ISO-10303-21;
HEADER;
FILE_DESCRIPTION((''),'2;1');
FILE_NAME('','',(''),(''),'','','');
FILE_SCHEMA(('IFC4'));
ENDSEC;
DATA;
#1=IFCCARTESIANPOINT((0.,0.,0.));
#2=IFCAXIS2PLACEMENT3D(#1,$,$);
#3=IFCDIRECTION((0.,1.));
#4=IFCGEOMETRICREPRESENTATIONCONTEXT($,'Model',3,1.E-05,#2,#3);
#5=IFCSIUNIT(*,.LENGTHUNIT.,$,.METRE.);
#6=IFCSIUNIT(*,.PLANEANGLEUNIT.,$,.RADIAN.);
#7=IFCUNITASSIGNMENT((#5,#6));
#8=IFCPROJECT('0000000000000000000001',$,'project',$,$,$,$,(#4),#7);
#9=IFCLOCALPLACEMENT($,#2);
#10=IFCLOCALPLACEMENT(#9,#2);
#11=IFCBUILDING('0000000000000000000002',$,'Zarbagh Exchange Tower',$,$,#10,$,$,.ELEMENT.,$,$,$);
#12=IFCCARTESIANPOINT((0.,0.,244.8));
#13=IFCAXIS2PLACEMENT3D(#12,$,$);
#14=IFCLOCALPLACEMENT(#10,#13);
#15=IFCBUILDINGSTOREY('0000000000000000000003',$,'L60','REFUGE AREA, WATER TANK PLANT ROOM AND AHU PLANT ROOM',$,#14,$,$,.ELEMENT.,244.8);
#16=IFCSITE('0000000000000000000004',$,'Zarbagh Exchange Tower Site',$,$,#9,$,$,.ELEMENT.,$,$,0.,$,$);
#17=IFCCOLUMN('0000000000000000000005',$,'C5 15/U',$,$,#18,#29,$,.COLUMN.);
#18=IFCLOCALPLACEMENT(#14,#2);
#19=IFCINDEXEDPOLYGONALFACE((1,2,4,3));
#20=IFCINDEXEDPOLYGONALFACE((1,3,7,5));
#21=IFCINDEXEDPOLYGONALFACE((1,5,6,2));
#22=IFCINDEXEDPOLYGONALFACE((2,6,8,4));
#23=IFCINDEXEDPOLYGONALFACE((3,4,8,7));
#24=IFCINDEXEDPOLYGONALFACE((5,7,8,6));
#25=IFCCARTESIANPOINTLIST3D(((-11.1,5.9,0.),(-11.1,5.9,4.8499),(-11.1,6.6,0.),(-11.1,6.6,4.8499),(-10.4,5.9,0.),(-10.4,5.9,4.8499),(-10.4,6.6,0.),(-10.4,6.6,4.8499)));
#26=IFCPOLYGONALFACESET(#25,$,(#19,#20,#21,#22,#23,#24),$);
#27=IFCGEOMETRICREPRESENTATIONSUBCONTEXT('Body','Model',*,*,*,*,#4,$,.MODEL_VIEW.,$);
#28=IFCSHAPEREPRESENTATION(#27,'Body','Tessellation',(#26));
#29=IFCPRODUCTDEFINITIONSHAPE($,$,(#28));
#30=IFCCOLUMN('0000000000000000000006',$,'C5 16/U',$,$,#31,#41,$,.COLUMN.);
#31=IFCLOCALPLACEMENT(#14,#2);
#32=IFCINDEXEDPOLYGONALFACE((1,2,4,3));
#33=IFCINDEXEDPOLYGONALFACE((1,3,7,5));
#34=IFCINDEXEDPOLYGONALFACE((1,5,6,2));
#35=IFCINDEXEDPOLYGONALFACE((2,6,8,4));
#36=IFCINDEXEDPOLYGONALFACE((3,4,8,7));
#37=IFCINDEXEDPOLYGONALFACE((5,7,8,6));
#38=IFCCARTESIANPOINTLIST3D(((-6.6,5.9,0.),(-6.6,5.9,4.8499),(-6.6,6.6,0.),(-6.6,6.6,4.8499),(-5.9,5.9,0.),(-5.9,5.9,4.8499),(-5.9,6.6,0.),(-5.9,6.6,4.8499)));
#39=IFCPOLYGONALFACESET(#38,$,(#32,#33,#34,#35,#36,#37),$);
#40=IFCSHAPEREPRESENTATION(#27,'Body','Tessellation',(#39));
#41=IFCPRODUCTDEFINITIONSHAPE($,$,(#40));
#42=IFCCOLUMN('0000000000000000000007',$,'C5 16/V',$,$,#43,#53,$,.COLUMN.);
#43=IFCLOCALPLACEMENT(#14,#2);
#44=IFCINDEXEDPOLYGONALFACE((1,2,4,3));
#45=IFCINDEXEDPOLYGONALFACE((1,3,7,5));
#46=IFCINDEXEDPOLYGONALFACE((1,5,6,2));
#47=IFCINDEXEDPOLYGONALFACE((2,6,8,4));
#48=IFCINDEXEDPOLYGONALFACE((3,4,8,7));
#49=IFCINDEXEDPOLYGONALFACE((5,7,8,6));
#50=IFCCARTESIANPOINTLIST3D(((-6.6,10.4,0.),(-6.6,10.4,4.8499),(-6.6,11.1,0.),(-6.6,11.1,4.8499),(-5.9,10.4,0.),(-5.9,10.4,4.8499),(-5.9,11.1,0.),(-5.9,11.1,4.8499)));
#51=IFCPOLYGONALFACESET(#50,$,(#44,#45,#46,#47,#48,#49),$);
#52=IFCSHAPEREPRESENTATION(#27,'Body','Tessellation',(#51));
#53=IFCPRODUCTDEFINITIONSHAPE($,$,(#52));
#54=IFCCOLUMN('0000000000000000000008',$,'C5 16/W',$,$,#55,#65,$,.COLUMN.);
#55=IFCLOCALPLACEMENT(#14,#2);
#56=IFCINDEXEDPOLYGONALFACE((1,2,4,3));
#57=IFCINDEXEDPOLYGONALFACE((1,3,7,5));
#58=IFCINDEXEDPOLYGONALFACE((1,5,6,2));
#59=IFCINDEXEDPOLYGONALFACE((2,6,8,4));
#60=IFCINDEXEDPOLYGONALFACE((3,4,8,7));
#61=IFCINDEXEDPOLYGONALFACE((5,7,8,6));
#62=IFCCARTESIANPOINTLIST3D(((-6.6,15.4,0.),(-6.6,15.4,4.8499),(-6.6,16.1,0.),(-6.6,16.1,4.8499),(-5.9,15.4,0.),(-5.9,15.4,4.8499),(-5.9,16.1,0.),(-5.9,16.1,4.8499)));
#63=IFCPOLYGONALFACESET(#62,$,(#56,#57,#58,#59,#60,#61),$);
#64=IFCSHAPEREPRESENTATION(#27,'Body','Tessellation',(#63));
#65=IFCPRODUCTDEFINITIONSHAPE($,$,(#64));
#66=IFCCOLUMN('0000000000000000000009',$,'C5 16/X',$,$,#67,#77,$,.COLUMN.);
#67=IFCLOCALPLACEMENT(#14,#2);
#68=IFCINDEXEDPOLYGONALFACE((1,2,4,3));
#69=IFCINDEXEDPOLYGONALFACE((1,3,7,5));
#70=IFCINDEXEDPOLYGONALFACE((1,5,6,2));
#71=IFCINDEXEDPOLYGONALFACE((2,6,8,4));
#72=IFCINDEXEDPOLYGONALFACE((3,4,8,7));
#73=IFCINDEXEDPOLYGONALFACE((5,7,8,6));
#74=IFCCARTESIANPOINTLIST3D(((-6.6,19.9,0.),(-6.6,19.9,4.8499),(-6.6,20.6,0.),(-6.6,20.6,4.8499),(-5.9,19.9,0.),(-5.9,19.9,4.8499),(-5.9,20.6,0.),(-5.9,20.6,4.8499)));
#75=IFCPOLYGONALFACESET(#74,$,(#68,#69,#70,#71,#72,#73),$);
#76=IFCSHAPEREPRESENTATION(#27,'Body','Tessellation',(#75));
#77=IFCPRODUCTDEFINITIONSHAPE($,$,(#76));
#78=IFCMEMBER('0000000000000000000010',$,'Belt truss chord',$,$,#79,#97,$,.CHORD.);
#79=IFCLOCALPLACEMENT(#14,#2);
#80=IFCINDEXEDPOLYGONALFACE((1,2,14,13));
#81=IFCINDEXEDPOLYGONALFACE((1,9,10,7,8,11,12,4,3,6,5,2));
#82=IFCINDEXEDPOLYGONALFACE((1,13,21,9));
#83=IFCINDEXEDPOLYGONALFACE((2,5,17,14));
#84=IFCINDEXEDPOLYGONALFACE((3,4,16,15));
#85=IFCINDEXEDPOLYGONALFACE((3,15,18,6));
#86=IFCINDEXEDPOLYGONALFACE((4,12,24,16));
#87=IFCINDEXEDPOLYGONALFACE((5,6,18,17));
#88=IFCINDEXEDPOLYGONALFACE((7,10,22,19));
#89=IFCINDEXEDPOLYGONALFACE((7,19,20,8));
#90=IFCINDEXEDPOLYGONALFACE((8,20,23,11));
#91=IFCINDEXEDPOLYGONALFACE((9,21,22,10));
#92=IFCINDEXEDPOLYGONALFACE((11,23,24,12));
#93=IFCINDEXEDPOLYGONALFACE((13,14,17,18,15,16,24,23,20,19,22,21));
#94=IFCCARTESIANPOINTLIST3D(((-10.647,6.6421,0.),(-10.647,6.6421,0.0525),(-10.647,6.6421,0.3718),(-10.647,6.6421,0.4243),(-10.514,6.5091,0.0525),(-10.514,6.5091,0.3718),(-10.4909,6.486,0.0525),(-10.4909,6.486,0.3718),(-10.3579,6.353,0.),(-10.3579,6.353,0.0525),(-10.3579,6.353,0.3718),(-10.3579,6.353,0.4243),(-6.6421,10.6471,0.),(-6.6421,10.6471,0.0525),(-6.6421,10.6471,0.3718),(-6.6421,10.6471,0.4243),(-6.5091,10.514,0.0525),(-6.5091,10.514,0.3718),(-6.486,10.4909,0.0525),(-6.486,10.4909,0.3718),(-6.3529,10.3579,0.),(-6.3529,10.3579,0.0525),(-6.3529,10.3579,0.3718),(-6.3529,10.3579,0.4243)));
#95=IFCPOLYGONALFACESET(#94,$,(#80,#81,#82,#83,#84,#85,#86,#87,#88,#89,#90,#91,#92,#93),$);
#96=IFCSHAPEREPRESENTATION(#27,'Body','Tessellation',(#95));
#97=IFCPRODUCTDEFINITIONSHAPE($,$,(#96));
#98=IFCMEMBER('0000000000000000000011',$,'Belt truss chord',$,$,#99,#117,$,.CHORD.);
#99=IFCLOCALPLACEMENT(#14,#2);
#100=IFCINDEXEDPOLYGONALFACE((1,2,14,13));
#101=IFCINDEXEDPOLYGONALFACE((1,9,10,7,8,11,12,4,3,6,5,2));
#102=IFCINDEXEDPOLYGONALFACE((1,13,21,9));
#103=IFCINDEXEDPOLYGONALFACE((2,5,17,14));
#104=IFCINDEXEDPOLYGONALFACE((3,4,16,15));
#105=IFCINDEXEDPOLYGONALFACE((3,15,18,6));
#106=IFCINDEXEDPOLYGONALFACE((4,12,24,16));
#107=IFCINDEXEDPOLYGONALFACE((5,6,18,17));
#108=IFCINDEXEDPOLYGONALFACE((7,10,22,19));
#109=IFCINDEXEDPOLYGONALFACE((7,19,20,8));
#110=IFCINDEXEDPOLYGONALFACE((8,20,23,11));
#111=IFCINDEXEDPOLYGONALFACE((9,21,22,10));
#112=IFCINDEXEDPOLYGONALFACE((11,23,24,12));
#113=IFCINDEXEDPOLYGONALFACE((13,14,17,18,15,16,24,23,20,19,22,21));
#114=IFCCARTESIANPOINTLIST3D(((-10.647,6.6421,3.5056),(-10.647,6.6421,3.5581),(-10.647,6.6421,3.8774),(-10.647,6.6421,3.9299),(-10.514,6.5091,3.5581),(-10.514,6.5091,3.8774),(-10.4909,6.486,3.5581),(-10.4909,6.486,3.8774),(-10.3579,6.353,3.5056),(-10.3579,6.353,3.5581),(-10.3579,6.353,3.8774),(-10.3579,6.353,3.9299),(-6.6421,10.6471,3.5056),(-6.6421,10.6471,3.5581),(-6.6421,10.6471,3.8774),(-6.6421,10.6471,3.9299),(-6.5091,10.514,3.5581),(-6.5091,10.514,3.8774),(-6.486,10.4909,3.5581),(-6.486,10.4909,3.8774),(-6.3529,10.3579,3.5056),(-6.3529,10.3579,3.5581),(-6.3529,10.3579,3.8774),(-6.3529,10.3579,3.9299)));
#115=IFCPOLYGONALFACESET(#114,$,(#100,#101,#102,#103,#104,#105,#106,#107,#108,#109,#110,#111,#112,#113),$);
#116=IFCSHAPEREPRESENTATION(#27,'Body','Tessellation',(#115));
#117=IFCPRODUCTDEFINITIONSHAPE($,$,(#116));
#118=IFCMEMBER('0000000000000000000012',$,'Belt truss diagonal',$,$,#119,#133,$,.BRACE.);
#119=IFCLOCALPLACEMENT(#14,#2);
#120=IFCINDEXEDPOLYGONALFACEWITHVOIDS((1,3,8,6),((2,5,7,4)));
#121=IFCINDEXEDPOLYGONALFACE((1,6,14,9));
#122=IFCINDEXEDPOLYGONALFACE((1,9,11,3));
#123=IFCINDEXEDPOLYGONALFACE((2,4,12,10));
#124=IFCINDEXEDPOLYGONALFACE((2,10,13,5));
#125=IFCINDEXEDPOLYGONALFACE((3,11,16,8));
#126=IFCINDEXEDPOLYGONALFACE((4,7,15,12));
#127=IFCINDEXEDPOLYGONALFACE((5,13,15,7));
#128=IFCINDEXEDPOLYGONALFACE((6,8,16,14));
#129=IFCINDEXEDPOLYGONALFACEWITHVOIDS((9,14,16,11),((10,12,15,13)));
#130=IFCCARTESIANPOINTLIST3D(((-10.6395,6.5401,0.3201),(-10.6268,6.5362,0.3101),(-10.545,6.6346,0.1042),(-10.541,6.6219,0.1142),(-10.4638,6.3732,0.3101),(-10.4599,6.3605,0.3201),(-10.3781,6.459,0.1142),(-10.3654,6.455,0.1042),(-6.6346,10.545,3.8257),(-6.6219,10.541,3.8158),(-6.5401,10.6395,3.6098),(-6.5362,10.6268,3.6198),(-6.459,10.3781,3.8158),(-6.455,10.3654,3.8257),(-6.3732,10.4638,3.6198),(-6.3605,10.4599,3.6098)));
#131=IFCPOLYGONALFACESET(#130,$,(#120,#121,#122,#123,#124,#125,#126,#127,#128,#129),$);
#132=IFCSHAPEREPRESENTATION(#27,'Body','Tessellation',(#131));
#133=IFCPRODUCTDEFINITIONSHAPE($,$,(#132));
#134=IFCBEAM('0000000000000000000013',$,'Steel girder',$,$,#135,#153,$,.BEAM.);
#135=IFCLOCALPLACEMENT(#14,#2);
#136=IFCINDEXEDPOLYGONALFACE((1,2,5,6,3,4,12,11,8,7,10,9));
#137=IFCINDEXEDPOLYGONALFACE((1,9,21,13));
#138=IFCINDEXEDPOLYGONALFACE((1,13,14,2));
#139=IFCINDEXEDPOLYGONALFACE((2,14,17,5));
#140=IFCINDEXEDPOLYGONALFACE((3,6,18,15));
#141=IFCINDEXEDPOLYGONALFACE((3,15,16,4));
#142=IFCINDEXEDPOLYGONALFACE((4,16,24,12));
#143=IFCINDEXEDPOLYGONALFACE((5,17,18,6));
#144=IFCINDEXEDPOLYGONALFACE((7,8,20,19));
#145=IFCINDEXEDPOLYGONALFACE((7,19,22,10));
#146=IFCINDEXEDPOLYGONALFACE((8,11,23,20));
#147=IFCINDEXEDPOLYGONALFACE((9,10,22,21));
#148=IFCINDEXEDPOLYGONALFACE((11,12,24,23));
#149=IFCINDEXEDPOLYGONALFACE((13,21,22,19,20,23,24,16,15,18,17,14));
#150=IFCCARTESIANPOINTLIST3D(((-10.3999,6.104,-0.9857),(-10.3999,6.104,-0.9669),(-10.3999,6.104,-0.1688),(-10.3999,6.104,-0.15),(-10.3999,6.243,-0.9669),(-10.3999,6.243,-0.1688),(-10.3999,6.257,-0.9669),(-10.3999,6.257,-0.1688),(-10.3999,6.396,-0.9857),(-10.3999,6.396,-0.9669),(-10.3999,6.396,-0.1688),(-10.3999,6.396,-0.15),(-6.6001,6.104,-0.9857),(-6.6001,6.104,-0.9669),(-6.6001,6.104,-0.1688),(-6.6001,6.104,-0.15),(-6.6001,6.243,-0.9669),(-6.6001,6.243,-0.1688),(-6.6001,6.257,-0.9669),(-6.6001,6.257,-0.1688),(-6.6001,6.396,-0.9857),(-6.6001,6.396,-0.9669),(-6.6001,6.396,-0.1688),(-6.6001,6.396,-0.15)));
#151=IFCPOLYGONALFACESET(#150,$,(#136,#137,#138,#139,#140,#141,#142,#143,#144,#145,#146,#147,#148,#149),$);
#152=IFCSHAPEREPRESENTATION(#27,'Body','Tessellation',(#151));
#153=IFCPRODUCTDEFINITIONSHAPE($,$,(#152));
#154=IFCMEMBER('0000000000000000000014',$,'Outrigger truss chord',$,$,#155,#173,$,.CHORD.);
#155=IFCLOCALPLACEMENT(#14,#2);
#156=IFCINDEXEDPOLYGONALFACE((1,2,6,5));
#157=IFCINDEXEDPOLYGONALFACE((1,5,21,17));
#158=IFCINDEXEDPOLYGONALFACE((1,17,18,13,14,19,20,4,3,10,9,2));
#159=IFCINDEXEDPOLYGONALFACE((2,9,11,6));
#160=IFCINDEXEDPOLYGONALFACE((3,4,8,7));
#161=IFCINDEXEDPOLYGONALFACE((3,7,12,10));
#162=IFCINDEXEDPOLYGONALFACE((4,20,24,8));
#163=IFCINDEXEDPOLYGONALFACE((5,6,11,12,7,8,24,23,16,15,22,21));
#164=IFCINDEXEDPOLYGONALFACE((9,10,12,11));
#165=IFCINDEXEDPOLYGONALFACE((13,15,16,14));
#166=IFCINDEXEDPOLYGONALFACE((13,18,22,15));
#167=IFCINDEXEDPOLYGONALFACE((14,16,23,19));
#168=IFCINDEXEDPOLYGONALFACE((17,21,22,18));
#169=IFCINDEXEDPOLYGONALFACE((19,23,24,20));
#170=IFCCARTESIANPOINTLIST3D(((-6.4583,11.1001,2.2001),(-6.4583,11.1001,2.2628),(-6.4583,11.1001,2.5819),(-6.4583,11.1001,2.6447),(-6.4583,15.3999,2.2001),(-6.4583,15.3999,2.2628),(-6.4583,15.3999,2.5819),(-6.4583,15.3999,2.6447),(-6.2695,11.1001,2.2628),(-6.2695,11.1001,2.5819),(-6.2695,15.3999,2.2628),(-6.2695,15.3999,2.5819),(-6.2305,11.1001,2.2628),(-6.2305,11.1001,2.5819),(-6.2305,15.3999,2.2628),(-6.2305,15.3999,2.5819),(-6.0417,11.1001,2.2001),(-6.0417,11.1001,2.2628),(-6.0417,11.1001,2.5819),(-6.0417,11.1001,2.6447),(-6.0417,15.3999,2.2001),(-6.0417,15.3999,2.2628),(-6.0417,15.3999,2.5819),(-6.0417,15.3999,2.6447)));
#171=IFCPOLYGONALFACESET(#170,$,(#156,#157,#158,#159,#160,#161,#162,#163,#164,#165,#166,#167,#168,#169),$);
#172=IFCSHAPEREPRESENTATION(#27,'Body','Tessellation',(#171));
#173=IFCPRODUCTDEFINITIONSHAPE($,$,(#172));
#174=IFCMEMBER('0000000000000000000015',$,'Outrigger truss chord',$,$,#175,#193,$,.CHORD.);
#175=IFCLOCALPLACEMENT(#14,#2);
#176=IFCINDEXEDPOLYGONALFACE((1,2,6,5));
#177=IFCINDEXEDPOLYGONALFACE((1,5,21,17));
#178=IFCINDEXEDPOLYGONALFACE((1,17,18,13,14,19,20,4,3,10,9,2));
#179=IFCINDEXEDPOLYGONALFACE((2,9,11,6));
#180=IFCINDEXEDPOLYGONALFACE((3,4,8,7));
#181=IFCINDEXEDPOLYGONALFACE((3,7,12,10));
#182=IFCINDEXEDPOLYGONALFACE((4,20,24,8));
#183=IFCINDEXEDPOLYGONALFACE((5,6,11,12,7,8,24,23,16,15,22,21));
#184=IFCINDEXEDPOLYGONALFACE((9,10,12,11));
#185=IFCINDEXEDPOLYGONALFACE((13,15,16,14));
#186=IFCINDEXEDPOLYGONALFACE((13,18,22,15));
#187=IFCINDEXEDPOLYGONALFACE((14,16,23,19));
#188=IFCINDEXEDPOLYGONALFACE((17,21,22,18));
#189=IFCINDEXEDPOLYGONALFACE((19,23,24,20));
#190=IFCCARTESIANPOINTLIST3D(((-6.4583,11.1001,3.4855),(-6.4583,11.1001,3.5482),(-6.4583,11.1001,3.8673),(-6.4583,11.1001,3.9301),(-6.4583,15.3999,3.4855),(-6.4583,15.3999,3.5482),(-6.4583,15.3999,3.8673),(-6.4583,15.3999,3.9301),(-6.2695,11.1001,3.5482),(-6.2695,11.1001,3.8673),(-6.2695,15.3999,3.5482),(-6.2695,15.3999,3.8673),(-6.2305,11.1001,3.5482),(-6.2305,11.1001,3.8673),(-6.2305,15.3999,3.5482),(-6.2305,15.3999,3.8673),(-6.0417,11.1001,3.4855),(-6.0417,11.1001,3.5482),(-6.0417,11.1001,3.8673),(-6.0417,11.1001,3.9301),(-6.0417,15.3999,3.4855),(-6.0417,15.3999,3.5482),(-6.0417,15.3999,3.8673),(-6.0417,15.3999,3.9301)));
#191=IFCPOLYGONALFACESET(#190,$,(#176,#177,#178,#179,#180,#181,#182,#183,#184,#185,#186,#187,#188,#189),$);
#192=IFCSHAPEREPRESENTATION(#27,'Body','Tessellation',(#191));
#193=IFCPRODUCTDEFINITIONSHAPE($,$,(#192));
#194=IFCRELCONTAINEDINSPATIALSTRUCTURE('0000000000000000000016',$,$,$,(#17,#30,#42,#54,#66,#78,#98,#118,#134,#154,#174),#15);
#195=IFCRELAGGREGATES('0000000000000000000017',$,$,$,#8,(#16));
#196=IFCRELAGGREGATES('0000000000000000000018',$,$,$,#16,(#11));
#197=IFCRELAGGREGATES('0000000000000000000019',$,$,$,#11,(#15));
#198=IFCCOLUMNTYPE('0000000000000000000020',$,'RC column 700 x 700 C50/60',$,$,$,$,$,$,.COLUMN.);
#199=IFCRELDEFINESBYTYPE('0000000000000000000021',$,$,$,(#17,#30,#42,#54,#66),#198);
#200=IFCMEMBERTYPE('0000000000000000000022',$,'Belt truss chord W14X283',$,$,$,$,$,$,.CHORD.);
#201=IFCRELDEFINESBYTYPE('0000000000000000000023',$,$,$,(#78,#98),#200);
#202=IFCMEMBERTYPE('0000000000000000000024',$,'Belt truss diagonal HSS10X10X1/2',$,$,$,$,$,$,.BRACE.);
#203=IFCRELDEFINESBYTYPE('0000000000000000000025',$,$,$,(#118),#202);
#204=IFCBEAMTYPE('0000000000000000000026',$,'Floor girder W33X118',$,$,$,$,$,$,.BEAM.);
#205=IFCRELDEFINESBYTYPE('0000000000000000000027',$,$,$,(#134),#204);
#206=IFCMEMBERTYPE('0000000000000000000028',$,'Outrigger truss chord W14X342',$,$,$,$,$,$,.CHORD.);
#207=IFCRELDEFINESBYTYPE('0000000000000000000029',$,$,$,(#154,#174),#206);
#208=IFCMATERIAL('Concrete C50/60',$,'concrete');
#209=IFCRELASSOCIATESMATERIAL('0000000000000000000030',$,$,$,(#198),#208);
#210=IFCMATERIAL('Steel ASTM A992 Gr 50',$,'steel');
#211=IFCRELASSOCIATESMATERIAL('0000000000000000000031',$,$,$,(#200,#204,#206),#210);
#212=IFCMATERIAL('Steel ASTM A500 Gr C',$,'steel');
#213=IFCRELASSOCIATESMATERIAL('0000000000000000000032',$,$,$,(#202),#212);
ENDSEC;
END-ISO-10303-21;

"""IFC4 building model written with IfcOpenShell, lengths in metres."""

from ifc_helpers import new_model, si_unit, direction, frame, origin, origin_2d, place, context, subcontext, project, spatial, rectangle, hollow_rectangle, i_section, extrude, material, material_profile, profile_set, type_object, element, save


model = new_model("IFC4")

# Units and contexts
model_context = context("Model", 3, precision=1e-05, world=origin(), true_north=direction((0.0, 1.0)))
body_context = subcontext(model_context, "Body", "Model", "MODEL_VIEW")
ifc_project = project(units=[si_unit("LENGTHUNIT", "METRE"), si_unit("PLANEANGLEUNIT", "RADIAN")], contexts=[model_context])

# Site, building, storey
site_placement = place(None, origin())
site = spatial("IfcSite", under=ifc_project, at=site_placement, Name="Zarbagh Exchange Tower Site", CompositionType="ELEMENT", RefElevation=0.0)
building_placement = place(site_placement, origin())
building = spatial("IfcBuilding", under=site, at=building_placement, Name="Zarbagh Exchange Tower", CompositionType="ELEMENT")
storey_placement = place(building_placement, frame((0.0, 0.0, 244.8)))
storey = spatial("IfcBuildingStorey", under=building, at=storey_placement, Name="L60", Description="REFUGE AREA, WATER TANK PLANT ROOM AND AHU PLANT ROOM", CompositionType="ELEMENT", Elevation=244.8)

# Columns
ifc_material_1 = material(Name="Concrete C50/60", Category="concrete")
ifc_material_profile_1 = material_profile(ifc_material_1, rectangle(XDim=0.7, YDim=0.7, at=origin_2d()), Name="RC column 700 x 700 C50/60")
ifc_profile_set_1 = profile_set([ifc_material_profile_1], Name="Concrete C50/60")
column_type = type_object("IfcColumnType", Name="RC column 700 x 700 C50/60", PredefinedType="COLUMN", material=ifc_profile_set_1)
for number, where, z_axis, x_axis, name in (
    (1, (-10.75, 6.25, 0.0), (0.0, 0.0, 1.0), (1.0, 0.0, 0.0), "C5 15/U"),
    (2, (-6.25, 6.25, 0.0), (0.0, 0.0, 1.0), (1.0, 0.0, 0.0), "C5 16/U"),
    (3, (-6.25, 10.75, 0.0), (0.0, 0.0, 1.0), (1.0, 0.0, 0.0), "C5 16/V"),
    (4, (-6.25, 15.75, 0.0), (0.0, 0.0, 1.0), (1.0, 0.0, 0.0), "C5 16/W"),
    (5, (-6.25, 20.25, 0.0), (0.0, 0.0, 1.0), (1.0, 0.0, 0.0), "C5 16/X"),
):
    element("IfcColumn", number, at=place(storey_placement, frame(where, z_axis=z_axis, x_axis=x_axis)), inside=storey, type_object=column_type, Name=name, PredefinedType="COLUMN", context=body_context, shape_type="SweptSolid", body=[
        extrude(rectangle(XDim=0.7, YDim=0.7, at=origin_2d()), origin(), (0.0, 0.0, 1.0), 4.8499),
    ])

# Members
ifc_material_2 = material(Name="Steel ASTM A992 Gr 50", Category="steel")
ifc_material_profile_2 = material_profile(ifc_material_2, i_section(OverallWidth=0.4089, OverallDepth=0.4243, WebThickness=0.0327, FlangeThickness=0.0525, at=origin_2d()), Name="W14X283")
ifc_profile_set_2 = profile_set([ifc_material_profile_2], Name="Steel ASTM A992 Gr 50")
member_type_1 = type_object("IfcMemberType", Name="Belt truss chord W14X283", PredefinedType="CHORD", material=ifc_profile_set_2)
for number, where, z_axis, x_axis, name in (
    (6, (-10.5024, 6.4976, 0.2122), (0.707107, 0.707107, 0.0), (-0.707107, 0.707107, 0.0), "Belt truss chord"),
    (7, (-10.5024, 6.4976, 3.7178), (0.707107, 0.707107, 0.0), (-0.707107, 0.707107, 0.0), "Belt truss chord"),
):
    element("IfcMember", number, at=place(storey_placement, frame(where, z_axis=z_axis, x_axis=x_axis)), inside=storey, type_object=member_type_1, Name=name, PredefinedType="CHORD", context=body_context, shape_type="SweptSolid", body=[
        extrude(i_section(OverallWidth=0.4089, OverallDepth=0.4243, WebThickness=0.0327, FlangeThickness=0.0525, at=origin_2d()), origin(), (0.0, 0.0, 1.0), 5.6638),
    ])
ifc_material_3 = material(Name="Steel ASTM A500 Gr C", Category="steel")
ifc_material_profile_3 = material_profile(ifc_material_3, hollow_rectangle(XDim=0.2539, YDim=0.2539, WallThickness=0.0117, at=origin_2d()), Name="HSS10X10X1/2")
ifc_profile_set_3 = profile_set([ifc_material_profile_3], Name="Steel ASTM A500 Gr C")
member_type_2 = type_object("IfcMemberType", Name="Belt truss diagonal HSS10X10X1/2", PredefinedType="BRACE", material=ifc_profile_set_3)
member_1_placement = place(storey_placement, frame((-10.5024, 6.4976, 0.2122), z_axis=(0.601253, 0.601253, 0.526298), x_axis=(-0.707107, 0.707107, 0.0)))
element("IfcMember", 8, at=member_1_placement, inside=storey, type_object=member_type_2, Name="Belt truss diagonal", PredefinedType="BRACE", context=body_context, shape_type="SweptSolid", body=[
    extrude(hollow_rectangle(XDim=0.2539, YDim=0.2539, WallThickness=0.0117, at=origin_2d()), origin(), (0.0, 0.0, 1.0), 6.6609),
])

# Beam
ifc_material_profile_4 = material_profile(ifc_material_2, i_section(OverallWidth=0.292, OverallDepth=0.8357, WebThickness=0.0139, FlangeThickness=0.0188, at=origin_2d()), Name="W33X118")
ifc_profile_set_4 = profile_set([ifc_material_profile_4], Name="Steel ASTM A992 Gr 50")
beam_type_1 = type_object("IfcBeamType", Name="Floor girder W33X118", PredefinedType="BEAM", material=ifc_profile_set_4)
beam_1_placement = place(storey_placement, frame((-10.3999, 6.25, -0.5679), z_axis=(1.0, 0.0, 0.0), x_axis=(0.0, 1.0, 0.0)))
element("IfcBeam", 9, at=beam_1_placement, inside=storey, type_object=beam_type_1, Name="Steel girder", PredefinedType="BEAM", context=body_context, shape_type="SweptSolid", body=[
    extrude(i_section(OverallWidth=0.292, OverallDepth=0.8357, WebThickness=0.0139, FlangeThickness=0.0188, at=origin_2d()), origin(), (0.0, 0.0, 1.0), 3.7998),
])

# Members
ifc_material_profile_5 = material_profile(ifc_material_2, i_section(OverallWidth=0.4165, OverallDepth=0.4446, WebThickness=0.0391, FlangeThickness=0.0627, at=origin_2d()), Name="W14X342")
ifc_profile_set_5 = profile_set([ifc_material_profile_5], Name="Steel ASTM A992 Gr 50")
member_type_3 = type_object("IfcMemberType", Name="Outrigger truss chord W14X342", PredefinedType="CHORD", material=ifc_profile_set_5)
for number, where, z_axis, x_axis, name in (
    (10, (-6.25, 11.1001, 2.4224), (0.0, 1.0, 0.0), (-1.0, 0.0, 0.0), "Outrigger truss chord"),
    (11, (-6.25, 11.1001, 3.7078), (0.0, 1.0, 0.0), (-1.0, 0.0, 0.0), "Outrigger truss chord"),
):
    element("IfcMember", number, at=place(storey_placement, frame(where, z_axis=z_axis, x_axis=x_axis)), inside=storey, type_object=member_type_3, Name=name, PredefinedType="CHORD", context=body_context, shape_type="SweptSolid", body=[
        extrude(i_section(OverallWidth=0.4165, OverallDepth=0.4446, WebThickness=0.0391, FlangeThickness=0.0627, at=origin_2d()), origin(), (0.0, 0.0, 1.0), 4.2998),
    ])

save(model, "model.ifc")
